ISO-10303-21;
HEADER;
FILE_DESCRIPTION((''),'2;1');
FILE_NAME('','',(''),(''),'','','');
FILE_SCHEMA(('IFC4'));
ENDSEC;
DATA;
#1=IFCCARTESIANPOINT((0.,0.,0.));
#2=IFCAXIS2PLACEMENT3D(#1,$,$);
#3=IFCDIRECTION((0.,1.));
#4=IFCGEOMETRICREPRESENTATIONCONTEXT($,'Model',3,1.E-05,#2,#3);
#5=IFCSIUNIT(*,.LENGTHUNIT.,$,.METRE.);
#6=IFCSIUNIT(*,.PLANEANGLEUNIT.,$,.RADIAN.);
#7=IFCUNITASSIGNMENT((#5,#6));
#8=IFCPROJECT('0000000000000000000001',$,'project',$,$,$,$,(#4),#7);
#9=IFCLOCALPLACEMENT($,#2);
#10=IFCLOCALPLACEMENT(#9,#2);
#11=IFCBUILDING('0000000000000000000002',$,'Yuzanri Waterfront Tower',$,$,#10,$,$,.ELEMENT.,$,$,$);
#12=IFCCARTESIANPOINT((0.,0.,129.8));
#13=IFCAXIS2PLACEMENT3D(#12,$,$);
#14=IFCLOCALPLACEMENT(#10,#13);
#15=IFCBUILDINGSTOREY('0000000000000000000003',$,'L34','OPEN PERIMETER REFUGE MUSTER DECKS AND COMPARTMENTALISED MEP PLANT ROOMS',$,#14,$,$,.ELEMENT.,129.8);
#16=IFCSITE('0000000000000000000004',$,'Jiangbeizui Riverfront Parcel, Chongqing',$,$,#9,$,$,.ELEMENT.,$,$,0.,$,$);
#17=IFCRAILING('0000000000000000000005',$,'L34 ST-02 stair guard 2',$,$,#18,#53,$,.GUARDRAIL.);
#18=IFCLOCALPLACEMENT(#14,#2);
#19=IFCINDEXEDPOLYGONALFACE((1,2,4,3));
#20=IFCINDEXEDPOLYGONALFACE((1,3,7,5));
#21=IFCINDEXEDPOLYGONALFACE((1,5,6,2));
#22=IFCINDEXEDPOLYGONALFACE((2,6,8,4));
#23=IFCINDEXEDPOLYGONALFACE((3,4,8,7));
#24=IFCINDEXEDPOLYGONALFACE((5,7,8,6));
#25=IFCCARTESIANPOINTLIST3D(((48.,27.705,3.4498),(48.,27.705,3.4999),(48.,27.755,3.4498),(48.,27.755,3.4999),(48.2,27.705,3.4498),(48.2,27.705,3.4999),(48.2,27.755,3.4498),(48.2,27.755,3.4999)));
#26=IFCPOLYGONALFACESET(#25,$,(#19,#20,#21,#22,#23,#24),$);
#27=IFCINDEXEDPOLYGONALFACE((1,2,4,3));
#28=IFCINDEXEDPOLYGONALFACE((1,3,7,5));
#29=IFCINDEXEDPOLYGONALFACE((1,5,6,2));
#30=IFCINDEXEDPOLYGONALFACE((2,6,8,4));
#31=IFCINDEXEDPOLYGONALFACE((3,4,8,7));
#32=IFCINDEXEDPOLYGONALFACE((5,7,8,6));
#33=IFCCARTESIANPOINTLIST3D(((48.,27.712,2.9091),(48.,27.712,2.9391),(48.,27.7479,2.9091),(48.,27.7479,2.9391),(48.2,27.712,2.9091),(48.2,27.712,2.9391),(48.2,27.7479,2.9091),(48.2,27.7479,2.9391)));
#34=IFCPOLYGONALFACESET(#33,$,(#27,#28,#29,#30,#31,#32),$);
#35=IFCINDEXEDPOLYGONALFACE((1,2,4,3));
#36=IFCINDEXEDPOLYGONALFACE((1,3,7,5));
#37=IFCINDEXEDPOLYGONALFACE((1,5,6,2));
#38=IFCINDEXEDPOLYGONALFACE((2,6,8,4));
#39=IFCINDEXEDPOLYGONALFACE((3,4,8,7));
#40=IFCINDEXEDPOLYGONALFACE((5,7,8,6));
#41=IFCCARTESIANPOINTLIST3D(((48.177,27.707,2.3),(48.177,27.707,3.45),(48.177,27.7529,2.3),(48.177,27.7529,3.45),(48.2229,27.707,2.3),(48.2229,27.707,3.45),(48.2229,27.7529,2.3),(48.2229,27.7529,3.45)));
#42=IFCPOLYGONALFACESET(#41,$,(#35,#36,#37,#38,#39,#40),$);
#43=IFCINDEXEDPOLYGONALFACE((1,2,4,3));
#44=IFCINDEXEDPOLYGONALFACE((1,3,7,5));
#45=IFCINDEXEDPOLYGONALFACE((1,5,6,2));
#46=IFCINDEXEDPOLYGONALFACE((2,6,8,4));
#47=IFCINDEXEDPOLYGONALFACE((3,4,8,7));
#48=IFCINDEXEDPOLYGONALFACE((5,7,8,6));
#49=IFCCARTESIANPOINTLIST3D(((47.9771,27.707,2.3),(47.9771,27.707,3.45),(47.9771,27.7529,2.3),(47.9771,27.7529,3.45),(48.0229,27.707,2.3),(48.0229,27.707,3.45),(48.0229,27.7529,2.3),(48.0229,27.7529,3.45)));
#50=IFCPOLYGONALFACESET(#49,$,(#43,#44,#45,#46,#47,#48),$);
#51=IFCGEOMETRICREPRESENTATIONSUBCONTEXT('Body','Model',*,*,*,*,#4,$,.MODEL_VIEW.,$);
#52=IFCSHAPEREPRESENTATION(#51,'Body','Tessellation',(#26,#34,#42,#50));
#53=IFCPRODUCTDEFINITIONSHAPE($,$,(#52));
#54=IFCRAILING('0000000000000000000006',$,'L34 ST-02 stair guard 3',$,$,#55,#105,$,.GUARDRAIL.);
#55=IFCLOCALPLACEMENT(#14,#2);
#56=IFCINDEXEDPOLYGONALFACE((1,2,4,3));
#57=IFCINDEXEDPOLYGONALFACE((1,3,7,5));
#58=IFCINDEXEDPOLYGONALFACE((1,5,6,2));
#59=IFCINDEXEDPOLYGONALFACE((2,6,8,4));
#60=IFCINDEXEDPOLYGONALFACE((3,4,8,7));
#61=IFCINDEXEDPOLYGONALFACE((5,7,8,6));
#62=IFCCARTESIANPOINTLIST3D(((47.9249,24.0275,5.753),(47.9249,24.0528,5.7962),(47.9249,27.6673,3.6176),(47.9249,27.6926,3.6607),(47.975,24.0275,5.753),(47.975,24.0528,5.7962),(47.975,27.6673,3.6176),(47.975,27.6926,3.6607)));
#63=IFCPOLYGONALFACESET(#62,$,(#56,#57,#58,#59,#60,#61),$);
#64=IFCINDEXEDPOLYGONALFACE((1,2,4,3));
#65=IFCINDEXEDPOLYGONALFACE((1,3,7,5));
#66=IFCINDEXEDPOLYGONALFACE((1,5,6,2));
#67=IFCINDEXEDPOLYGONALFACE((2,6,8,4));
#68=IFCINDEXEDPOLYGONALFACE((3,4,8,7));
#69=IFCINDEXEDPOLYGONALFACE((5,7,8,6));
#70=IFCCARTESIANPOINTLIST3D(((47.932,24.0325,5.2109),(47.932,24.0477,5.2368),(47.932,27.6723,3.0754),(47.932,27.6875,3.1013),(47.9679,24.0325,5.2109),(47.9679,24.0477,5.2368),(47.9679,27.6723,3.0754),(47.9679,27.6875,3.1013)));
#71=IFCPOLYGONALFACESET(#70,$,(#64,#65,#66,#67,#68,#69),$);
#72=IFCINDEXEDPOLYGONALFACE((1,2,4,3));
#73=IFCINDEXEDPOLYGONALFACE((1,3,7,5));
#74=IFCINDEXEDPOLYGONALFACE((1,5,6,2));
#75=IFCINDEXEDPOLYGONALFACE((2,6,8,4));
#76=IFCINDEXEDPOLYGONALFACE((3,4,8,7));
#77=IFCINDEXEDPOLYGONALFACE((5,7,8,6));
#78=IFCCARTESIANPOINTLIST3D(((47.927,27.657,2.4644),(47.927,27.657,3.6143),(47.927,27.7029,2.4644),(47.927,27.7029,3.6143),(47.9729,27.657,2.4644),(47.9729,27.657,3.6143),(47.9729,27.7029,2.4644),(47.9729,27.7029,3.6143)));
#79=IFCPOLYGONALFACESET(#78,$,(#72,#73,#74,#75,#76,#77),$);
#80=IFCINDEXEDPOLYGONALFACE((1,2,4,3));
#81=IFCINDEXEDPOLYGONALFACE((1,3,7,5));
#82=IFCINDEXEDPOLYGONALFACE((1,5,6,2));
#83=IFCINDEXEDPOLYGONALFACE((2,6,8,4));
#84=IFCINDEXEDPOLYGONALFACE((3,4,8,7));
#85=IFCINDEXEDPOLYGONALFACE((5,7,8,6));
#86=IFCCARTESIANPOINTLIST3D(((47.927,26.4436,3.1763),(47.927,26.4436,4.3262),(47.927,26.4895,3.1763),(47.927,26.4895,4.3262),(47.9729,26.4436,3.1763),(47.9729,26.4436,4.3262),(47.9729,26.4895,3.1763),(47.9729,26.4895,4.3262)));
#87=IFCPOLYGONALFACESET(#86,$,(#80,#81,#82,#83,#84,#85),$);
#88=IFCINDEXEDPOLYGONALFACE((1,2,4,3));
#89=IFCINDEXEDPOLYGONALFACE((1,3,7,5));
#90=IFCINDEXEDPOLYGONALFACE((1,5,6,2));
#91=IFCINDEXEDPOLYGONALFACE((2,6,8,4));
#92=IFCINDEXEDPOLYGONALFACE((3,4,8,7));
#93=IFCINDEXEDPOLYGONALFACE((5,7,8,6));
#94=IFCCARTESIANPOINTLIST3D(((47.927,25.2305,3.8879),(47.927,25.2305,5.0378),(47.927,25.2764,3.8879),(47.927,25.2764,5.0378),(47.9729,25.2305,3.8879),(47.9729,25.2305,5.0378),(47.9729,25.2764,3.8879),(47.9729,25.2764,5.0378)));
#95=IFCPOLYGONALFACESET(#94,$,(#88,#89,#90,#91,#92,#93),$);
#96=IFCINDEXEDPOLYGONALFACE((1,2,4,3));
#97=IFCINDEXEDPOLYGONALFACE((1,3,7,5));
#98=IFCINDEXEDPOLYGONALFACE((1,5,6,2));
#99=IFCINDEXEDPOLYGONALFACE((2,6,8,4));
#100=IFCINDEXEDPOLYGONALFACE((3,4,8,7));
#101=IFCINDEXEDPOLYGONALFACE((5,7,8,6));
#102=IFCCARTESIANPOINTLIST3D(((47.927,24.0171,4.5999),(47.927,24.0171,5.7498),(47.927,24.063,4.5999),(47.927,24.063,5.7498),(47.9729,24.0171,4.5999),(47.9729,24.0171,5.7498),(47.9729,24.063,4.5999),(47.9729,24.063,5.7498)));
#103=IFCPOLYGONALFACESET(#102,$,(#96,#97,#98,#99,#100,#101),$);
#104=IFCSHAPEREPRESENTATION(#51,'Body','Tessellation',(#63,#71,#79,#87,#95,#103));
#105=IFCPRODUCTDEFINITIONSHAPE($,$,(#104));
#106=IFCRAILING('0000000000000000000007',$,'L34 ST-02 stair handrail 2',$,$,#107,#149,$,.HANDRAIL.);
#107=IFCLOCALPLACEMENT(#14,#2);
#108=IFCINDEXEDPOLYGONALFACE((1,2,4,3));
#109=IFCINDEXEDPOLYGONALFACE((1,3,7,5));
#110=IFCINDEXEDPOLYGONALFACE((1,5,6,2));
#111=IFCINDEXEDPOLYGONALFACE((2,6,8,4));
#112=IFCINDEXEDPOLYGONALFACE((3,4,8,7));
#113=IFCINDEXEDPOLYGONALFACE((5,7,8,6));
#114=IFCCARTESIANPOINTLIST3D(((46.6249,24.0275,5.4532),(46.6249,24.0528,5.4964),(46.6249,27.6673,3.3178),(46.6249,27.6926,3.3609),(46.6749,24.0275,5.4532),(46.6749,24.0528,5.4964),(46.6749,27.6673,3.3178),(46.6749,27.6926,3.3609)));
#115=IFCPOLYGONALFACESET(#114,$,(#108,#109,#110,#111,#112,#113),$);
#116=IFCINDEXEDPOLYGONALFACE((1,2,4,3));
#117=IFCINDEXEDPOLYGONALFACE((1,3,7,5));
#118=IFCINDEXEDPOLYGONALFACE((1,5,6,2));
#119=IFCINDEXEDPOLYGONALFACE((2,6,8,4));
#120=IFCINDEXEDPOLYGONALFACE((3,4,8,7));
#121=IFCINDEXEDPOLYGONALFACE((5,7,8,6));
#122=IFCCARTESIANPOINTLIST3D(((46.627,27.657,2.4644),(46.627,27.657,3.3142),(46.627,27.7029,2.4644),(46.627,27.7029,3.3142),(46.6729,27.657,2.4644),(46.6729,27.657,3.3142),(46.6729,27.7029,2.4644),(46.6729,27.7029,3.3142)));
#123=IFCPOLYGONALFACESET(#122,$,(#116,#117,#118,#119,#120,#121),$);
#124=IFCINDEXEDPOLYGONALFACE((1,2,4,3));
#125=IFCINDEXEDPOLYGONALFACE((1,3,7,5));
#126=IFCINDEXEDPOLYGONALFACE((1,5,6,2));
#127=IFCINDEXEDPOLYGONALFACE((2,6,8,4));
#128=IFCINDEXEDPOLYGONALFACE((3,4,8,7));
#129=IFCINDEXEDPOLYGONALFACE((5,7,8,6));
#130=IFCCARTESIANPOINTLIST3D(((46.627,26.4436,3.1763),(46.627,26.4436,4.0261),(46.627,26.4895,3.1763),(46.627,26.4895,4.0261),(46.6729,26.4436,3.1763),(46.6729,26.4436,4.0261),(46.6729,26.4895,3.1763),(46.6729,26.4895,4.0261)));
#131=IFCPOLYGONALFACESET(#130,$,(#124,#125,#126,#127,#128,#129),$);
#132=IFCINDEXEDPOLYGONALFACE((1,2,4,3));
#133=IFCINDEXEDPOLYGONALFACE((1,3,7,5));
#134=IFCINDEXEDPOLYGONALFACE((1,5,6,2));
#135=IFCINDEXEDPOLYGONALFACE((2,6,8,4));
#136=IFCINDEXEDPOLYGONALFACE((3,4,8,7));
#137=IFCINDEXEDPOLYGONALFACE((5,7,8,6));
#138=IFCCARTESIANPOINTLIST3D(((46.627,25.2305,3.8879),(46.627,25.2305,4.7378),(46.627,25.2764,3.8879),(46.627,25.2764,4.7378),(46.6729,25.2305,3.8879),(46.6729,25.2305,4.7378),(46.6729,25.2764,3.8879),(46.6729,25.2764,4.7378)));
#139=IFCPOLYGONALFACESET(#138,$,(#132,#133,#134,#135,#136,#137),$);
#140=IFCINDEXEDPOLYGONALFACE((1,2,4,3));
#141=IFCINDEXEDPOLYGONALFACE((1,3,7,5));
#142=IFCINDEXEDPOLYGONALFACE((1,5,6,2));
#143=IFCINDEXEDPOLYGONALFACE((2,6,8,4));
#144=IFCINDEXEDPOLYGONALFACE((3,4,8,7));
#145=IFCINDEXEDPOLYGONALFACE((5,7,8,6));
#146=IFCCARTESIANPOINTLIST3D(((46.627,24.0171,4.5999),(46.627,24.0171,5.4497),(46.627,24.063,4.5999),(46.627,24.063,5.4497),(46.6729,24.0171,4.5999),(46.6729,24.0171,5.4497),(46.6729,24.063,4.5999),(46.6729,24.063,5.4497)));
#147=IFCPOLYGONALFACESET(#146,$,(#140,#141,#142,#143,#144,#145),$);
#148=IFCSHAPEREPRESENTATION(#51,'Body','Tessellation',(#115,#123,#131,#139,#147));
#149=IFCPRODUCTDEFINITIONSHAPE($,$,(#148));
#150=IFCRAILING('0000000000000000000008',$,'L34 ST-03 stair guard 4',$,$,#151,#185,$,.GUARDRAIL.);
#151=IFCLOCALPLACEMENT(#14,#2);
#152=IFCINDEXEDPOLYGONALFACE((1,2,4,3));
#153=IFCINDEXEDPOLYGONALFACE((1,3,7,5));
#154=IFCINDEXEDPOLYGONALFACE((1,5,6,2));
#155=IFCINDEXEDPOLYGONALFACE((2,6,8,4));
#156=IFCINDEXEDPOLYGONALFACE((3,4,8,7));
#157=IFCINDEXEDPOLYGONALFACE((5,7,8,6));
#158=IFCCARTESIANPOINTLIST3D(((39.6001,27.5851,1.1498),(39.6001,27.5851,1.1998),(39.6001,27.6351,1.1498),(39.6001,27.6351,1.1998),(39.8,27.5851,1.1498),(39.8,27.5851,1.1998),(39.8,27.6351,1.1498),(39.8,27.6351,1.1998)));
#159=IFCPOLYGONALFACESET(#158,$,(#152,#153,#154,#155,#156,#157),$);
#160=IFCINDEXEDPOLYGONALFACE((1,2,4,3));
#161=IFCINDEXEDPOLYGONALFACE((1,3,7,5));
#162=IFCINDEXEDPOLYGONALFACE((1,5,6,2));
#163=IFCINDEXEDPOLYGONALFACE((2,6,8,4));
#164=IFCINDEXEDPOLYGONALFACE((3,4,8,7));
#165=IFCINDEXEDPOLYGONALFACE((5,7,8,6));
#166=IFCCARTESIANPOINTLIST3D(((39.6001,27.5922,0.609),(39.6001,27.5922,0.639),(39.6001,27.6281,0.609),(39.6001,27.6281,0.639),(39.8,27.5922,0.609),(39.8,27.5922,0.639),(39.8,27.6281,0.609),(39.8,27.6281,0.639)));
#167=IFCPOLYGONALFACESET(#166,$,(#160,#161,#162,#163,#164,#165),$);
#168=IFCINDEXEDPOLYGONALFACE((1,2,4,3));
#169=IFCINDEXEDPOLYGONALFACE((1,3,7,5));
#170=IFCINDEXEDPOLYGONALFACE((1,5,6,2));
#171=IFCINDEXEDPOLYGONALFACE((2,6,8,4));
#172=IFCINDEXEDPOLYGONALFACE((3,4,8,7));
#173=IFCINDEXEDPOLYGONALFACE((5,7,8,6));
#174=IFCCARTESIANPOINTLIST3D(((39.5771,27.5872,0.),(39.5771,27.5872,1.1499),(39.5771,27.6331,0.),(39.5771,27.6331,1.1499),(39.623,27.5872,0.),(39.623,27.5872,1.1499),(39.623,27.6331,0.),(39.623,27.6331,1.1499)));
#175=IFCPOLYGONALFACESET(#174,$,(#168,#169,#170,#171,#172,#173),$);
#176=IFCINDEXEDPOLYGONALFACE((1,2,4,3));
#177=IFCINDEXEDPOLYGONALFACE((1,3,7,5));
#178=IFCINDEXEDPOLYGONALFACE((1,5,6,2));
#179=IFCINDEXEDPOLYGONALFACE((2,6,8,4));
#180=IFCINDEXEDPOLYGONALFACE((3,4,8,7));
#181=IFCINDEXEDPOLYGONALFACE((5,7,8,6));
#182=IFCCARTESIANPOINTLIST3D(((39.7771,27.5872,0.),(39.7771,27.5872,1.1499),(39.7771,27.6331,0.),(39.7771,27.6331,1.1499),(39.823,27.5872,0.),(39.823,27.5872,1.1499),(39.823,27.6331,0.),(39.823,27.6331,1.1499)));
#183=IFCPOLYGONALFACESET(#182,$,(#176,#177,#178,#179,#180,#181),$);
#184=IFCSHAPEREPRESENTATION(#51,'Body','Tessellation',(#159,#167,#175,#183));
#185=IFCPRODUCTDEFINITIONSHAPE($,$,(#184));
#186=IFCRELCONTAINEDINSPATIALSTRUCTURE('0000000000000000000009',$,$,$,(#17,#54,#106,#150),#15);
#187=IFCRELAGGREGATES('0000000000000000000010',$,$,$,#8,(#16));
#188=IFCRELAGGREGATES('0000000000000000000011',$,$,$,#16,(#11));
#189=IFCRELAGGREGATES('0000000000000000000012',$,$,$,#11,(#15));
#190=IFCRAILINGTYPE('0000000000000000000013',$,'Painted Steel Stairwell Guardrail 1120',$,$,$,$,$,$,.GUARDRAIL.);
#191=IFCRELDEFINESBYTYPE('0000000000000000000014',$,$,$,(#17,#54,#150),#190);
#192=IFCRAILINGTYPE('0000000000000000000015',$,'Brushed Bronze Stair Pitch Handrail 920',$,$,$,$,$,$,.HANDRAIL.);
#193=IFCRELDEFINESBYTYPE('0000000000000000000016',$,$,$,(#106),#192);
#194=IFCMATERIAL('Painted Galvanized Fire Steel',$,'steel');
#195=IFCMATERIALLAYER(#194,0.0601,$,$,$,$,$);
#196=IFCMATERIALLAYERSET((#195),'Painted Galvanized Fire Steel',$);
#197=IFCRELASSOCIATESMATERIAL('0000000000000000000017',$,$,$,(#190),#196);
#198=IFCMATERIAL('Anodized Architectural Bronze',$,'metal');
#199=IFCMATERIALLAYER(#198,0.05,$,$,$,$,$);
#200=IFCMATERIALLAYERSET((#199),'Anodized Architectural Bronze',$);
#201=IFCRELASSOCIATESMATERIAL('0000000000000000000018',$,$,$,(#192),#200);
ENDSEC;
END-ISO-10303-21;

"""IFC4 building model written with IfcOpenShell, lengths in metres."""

from ifc_helpers import new_model, si_unit, direction, frame, origin, origin_2d, place, context, subcontext, project, spatial, rectangle, extrude, source, transform, mapped, material, layer, layer_set, type_object, element, save


model = new_model("IFC4")

# Units and contexts
model_context = context("Model", 3, precision=1e-05, world=origin(), true_north=direction((0.0, 1.0)))
body_context = subcontext(model_context, "Body", "Model", "MODEL_VIEW")
ifc_project = project(units=[si_unit("LENGTHUNIT", "METRE"), si_unit("PLANEANGLEUNIT", "RADIAN")], contexts=[model_context])

# Site, building, storey
site_placement = place(None, origin())
site = spatial("IfcSite", under=ifc_project, at=site_placement, Name="Jiangbeizui Riverfront Parcel, Chongqing", CompositionType="ELEMENT", RefElevation=0.0)
building_placement = place(site_placement, origin())
building = spatial("IfcBuilding", under=site, at=building_placement, Name="Yuzanri Waterfront Tower", CompositionType="ELEMENT")
storey_placement = place(building_placement, frame((0.0, 0.0, 129.8)))
storey = spatial("IfcBuildingStorey", under=building, at=storey_placement, Name="L34", Description="OPEN PERIMETER REFUGE MUSTER DECKS AND COMPARTMENTALISED MEP PLANT ROOMS", CompositionType="ELEMENT", Elevation=129.8)

# Railings
ifc_material_1 = material(Name="Painted Galvanized Fire Steel", Category="steel")
ifc_layer_1 = layer(ifc_material_1, 0.0601)
ifc_layer_set_1 = layer_set([ifc_layer_1], Name="Painted Galvanized Fire Steel")
railing_type_1 = type_object("IfcRailingType", Name="Painted Steel Stairwell Guardrail 1120", PredefinedType="GUARDRAIL", material=ifc_layer_set_1)
shared_shape_1 = source(origin(), body_context, "Body", "SweptSolid", [
    extrude(rectangle(XDim=0.05, YDim=0.05, at=origin_2d()), frame((0.0, 0.0, 1.1748), z_axis=(-1.0, 0.0, 0.0), x_axis=(0.0, -1.0, 0.0)), (0.0, 0.0, 1.0), 0.2),
    extrude(rectangle(XDim=0.0359, YDim=0.03, at=origin_2d()), frame((0.0, 0.0, 0.624), z_axis=(-1.0, 0.0, 0.0), x_axis=(0.0, -1.0, 0.0)), (0.0, 0.0, 1.0), 0.2),
    extrude(rectangle(XDim=0.0459, YDim=0.0459, at=origin_2d()), origin(), (0.0, 0.0, 1.0), 1.1499),
    extrude(rectangle(XDim=0.0459, YDim=0.0459, at=origin_2d()), frame((-0.2, 0.0, 0.0)), (0.0, 0.0, 1.0), 1.1499),
])
railing_1_placement = place(storey_placement, frame((48.2, 27.73, 2.3)))
element("IfcRailing", 1, at=railing_1_placement, inside=storey, type_object=railing_type_1, Name="L34 ST-02 stair guard 2", PredefinedType="GUARDRAIL", context=body_context, shape_type="MappedRepresentation", body=[
    mapped(shared_shape_1, transform((0.0, 0.0, 0.0), scale=1.0)),
])
shared_shape_2 = source(origin(), body_context, "Body", "SweptSolid", [
    extrude(rectangle(XDim=0.05, YDim=0.05, at=origin_2d()), frame((0.0, 0.0, 1.1748), z_axis=(0.0, -0.862515, 0.506031), x_axis=(1.0, 0.0, 0.0)), (0.0, 0.0, 1.0), 4.22),
    extrude(rectangle(XDim=0.0359, YDim=0.03, at=origin_2d()), frame((0.0, 0.0, 0.624), z_axis=(0.0, -0.862515, 0.506031), x_axis=(1.0, 0.0, 0.0)), (0.0, 0.0, 1.0), 4.22),
    extrude(rectangle(XDim=0.0459, YDim=0.0459, at=origin_2d()), origin(), (0.0, 0.0, 1.0), 1.1499),
    extrude(rectangle(XDim=0.0459, YDim=0.0459, at=origin_2d()), frame((0.0, -1.2134, 0.7119)), (0.0, 0.0, 1.0), 1.1499),
    extrude(rectangle(XDim=0.0459, YDim=0.0459, at=origin_2d()), frame((0.0, -2.4265, 1.4236)), (0.0, 0.0, 1.0), 1.1499),
    extrude(rectangle(XDim=0.0459, YDim=0.0459, at=origin_2d()), frame((0.0, -3.6399, 2.1355)), (0.0, 0.0, 1.0), 1.1499),
])
railing_2_placement = place(storey_placement, frame((47.95, 27.6799, 2.4644)))
element("IfcRailing", 2, at=railing_2_placement, inside=storey, type_object=railing_type_1, Name="L34 ST-02 stair guard 3", PredefinedType="GUARDRAIL", context=body_context, shape_type="MappedRepresentation", body=[
    mapped(shared_shape_2, transform((0.0, 0.0, 0.0), scale=1.0)),
])
ifc_material_2 = material(Name="Anodized Architectural Bronze", Category="metal")
ifc_layer_2 = layer(ifc_material_2, 0.05)
ifc_layer_set_2 = layer_set([ifc_layer_2], Name="Anodized Architectural Bronze")
railing_type_2 = type_object("IfcRailingType", Name="Brushed Bronze Stair Pitch Handrail 920", PredefinedType="HANDRAIL", material=ifc_layer_set_2)
shared_shape_3 = source(origin(), body_context, "Body", "SweptSolid", [
    extrude(rectangle(XDim=0.05, YDim=0.05, at=origin_2d()), frame((0.0, 0.0, 0.875), z_axis=(0.0, -0.862515, 0.506031), x_axis=(1.0, 0.0, 0.0)), (0.0, 0.0, 1.0), 4.22),
    extrude(rectangle(XDim=0.0459, YDim=0.0459, at=origin_2d()), origin(), (0.0, 0.0, 1.0), 0.8499),
    extrude(rectangle(XDim=0.0459, YDim=0.0459, at=origin_2d()), frame((0.0, -1.2134, 0.7119)), (0.0, 0.0, 1.0), 0.8499),
    extrude(rectangle(XDim=0.0459, YDim=0.0459, at=origin_2d()), frame((0.0, -2.4265, 1.4236)), (0.0, 0.0, 1.0), 0.8499),
    extrude(rectangle(XDim=0.0459, YDim=0.0459, at=origin_2d()), frame((0.0, -3.6399, 2.1355)), (0.0, 0.0, 1.0), 0.8499),
])
railing_3_placement = place(storey_placement, frame((46.6499, 27.6799, 2.4644)))
element("IfcRailing", 3, at=railing_3_placement, inside=storey, type_object=railing_type_2, Name="L34 ST-02 stair handrail 2", PredefinedType="HANDRAIL", context=body_context, shape_type="MappedRepresentation", body=[
    mapped(shared_shape_3, transform((0.0, 0.0, 0.0), scale=1.0)),
])
shared_shape_4 = source(origin(), body_context, "Body", "SweptSolid", [
    extrude(rectangle(XDim=0.05, YDim=0.05, at=origin_2d()), frame((0.0, 0.0, 1.1748), z_axis=(1.0, 0.0, 0.0), x_axis=(0.0, 1.0, 0.0)), (0.0, 0.0, 1.0), 0.2),
    extrude(rectangle(XDim=0.0359, YDim=0.03, at=origin_2d()), frame((0.0, 0.0, 0.624), z_axis=(1.0, 0.0, 0.0), x_axis=(0.0, 1.0, 0.0)), (0.0, 0.0, 1.0), 0.2),
    extrude(rectangle(XDim=0.0459, YDim=0.0459, at=origin_2d()), origin(), (0.0, 0.0, 1.0), 1.1499),
    extrude(rectangle(XDim=0.0459, YDim=0.0459, at=origin_2d()), frame((0.2, 0.0, 0.0)), (0.0, 0.0, 1.0), 1.1499),
])
railing_4_placement = place(storey_placement, frame((39.6001, 27.6101, 0.0)))
element("IfcRailing", 4, at=railing_4_placement, inside=storey, type_object=railing_type_1, Name="L34 ST-03 stair guard 4", PredefinedType="GUARDRAIL", context=body_context, shape_type="MappedRepresentation", body=[
    mapped(shared_shape_4, transform((0.0, 0.0, 0.0), scale=1.0)),
])

save(model, "model.ifc")
